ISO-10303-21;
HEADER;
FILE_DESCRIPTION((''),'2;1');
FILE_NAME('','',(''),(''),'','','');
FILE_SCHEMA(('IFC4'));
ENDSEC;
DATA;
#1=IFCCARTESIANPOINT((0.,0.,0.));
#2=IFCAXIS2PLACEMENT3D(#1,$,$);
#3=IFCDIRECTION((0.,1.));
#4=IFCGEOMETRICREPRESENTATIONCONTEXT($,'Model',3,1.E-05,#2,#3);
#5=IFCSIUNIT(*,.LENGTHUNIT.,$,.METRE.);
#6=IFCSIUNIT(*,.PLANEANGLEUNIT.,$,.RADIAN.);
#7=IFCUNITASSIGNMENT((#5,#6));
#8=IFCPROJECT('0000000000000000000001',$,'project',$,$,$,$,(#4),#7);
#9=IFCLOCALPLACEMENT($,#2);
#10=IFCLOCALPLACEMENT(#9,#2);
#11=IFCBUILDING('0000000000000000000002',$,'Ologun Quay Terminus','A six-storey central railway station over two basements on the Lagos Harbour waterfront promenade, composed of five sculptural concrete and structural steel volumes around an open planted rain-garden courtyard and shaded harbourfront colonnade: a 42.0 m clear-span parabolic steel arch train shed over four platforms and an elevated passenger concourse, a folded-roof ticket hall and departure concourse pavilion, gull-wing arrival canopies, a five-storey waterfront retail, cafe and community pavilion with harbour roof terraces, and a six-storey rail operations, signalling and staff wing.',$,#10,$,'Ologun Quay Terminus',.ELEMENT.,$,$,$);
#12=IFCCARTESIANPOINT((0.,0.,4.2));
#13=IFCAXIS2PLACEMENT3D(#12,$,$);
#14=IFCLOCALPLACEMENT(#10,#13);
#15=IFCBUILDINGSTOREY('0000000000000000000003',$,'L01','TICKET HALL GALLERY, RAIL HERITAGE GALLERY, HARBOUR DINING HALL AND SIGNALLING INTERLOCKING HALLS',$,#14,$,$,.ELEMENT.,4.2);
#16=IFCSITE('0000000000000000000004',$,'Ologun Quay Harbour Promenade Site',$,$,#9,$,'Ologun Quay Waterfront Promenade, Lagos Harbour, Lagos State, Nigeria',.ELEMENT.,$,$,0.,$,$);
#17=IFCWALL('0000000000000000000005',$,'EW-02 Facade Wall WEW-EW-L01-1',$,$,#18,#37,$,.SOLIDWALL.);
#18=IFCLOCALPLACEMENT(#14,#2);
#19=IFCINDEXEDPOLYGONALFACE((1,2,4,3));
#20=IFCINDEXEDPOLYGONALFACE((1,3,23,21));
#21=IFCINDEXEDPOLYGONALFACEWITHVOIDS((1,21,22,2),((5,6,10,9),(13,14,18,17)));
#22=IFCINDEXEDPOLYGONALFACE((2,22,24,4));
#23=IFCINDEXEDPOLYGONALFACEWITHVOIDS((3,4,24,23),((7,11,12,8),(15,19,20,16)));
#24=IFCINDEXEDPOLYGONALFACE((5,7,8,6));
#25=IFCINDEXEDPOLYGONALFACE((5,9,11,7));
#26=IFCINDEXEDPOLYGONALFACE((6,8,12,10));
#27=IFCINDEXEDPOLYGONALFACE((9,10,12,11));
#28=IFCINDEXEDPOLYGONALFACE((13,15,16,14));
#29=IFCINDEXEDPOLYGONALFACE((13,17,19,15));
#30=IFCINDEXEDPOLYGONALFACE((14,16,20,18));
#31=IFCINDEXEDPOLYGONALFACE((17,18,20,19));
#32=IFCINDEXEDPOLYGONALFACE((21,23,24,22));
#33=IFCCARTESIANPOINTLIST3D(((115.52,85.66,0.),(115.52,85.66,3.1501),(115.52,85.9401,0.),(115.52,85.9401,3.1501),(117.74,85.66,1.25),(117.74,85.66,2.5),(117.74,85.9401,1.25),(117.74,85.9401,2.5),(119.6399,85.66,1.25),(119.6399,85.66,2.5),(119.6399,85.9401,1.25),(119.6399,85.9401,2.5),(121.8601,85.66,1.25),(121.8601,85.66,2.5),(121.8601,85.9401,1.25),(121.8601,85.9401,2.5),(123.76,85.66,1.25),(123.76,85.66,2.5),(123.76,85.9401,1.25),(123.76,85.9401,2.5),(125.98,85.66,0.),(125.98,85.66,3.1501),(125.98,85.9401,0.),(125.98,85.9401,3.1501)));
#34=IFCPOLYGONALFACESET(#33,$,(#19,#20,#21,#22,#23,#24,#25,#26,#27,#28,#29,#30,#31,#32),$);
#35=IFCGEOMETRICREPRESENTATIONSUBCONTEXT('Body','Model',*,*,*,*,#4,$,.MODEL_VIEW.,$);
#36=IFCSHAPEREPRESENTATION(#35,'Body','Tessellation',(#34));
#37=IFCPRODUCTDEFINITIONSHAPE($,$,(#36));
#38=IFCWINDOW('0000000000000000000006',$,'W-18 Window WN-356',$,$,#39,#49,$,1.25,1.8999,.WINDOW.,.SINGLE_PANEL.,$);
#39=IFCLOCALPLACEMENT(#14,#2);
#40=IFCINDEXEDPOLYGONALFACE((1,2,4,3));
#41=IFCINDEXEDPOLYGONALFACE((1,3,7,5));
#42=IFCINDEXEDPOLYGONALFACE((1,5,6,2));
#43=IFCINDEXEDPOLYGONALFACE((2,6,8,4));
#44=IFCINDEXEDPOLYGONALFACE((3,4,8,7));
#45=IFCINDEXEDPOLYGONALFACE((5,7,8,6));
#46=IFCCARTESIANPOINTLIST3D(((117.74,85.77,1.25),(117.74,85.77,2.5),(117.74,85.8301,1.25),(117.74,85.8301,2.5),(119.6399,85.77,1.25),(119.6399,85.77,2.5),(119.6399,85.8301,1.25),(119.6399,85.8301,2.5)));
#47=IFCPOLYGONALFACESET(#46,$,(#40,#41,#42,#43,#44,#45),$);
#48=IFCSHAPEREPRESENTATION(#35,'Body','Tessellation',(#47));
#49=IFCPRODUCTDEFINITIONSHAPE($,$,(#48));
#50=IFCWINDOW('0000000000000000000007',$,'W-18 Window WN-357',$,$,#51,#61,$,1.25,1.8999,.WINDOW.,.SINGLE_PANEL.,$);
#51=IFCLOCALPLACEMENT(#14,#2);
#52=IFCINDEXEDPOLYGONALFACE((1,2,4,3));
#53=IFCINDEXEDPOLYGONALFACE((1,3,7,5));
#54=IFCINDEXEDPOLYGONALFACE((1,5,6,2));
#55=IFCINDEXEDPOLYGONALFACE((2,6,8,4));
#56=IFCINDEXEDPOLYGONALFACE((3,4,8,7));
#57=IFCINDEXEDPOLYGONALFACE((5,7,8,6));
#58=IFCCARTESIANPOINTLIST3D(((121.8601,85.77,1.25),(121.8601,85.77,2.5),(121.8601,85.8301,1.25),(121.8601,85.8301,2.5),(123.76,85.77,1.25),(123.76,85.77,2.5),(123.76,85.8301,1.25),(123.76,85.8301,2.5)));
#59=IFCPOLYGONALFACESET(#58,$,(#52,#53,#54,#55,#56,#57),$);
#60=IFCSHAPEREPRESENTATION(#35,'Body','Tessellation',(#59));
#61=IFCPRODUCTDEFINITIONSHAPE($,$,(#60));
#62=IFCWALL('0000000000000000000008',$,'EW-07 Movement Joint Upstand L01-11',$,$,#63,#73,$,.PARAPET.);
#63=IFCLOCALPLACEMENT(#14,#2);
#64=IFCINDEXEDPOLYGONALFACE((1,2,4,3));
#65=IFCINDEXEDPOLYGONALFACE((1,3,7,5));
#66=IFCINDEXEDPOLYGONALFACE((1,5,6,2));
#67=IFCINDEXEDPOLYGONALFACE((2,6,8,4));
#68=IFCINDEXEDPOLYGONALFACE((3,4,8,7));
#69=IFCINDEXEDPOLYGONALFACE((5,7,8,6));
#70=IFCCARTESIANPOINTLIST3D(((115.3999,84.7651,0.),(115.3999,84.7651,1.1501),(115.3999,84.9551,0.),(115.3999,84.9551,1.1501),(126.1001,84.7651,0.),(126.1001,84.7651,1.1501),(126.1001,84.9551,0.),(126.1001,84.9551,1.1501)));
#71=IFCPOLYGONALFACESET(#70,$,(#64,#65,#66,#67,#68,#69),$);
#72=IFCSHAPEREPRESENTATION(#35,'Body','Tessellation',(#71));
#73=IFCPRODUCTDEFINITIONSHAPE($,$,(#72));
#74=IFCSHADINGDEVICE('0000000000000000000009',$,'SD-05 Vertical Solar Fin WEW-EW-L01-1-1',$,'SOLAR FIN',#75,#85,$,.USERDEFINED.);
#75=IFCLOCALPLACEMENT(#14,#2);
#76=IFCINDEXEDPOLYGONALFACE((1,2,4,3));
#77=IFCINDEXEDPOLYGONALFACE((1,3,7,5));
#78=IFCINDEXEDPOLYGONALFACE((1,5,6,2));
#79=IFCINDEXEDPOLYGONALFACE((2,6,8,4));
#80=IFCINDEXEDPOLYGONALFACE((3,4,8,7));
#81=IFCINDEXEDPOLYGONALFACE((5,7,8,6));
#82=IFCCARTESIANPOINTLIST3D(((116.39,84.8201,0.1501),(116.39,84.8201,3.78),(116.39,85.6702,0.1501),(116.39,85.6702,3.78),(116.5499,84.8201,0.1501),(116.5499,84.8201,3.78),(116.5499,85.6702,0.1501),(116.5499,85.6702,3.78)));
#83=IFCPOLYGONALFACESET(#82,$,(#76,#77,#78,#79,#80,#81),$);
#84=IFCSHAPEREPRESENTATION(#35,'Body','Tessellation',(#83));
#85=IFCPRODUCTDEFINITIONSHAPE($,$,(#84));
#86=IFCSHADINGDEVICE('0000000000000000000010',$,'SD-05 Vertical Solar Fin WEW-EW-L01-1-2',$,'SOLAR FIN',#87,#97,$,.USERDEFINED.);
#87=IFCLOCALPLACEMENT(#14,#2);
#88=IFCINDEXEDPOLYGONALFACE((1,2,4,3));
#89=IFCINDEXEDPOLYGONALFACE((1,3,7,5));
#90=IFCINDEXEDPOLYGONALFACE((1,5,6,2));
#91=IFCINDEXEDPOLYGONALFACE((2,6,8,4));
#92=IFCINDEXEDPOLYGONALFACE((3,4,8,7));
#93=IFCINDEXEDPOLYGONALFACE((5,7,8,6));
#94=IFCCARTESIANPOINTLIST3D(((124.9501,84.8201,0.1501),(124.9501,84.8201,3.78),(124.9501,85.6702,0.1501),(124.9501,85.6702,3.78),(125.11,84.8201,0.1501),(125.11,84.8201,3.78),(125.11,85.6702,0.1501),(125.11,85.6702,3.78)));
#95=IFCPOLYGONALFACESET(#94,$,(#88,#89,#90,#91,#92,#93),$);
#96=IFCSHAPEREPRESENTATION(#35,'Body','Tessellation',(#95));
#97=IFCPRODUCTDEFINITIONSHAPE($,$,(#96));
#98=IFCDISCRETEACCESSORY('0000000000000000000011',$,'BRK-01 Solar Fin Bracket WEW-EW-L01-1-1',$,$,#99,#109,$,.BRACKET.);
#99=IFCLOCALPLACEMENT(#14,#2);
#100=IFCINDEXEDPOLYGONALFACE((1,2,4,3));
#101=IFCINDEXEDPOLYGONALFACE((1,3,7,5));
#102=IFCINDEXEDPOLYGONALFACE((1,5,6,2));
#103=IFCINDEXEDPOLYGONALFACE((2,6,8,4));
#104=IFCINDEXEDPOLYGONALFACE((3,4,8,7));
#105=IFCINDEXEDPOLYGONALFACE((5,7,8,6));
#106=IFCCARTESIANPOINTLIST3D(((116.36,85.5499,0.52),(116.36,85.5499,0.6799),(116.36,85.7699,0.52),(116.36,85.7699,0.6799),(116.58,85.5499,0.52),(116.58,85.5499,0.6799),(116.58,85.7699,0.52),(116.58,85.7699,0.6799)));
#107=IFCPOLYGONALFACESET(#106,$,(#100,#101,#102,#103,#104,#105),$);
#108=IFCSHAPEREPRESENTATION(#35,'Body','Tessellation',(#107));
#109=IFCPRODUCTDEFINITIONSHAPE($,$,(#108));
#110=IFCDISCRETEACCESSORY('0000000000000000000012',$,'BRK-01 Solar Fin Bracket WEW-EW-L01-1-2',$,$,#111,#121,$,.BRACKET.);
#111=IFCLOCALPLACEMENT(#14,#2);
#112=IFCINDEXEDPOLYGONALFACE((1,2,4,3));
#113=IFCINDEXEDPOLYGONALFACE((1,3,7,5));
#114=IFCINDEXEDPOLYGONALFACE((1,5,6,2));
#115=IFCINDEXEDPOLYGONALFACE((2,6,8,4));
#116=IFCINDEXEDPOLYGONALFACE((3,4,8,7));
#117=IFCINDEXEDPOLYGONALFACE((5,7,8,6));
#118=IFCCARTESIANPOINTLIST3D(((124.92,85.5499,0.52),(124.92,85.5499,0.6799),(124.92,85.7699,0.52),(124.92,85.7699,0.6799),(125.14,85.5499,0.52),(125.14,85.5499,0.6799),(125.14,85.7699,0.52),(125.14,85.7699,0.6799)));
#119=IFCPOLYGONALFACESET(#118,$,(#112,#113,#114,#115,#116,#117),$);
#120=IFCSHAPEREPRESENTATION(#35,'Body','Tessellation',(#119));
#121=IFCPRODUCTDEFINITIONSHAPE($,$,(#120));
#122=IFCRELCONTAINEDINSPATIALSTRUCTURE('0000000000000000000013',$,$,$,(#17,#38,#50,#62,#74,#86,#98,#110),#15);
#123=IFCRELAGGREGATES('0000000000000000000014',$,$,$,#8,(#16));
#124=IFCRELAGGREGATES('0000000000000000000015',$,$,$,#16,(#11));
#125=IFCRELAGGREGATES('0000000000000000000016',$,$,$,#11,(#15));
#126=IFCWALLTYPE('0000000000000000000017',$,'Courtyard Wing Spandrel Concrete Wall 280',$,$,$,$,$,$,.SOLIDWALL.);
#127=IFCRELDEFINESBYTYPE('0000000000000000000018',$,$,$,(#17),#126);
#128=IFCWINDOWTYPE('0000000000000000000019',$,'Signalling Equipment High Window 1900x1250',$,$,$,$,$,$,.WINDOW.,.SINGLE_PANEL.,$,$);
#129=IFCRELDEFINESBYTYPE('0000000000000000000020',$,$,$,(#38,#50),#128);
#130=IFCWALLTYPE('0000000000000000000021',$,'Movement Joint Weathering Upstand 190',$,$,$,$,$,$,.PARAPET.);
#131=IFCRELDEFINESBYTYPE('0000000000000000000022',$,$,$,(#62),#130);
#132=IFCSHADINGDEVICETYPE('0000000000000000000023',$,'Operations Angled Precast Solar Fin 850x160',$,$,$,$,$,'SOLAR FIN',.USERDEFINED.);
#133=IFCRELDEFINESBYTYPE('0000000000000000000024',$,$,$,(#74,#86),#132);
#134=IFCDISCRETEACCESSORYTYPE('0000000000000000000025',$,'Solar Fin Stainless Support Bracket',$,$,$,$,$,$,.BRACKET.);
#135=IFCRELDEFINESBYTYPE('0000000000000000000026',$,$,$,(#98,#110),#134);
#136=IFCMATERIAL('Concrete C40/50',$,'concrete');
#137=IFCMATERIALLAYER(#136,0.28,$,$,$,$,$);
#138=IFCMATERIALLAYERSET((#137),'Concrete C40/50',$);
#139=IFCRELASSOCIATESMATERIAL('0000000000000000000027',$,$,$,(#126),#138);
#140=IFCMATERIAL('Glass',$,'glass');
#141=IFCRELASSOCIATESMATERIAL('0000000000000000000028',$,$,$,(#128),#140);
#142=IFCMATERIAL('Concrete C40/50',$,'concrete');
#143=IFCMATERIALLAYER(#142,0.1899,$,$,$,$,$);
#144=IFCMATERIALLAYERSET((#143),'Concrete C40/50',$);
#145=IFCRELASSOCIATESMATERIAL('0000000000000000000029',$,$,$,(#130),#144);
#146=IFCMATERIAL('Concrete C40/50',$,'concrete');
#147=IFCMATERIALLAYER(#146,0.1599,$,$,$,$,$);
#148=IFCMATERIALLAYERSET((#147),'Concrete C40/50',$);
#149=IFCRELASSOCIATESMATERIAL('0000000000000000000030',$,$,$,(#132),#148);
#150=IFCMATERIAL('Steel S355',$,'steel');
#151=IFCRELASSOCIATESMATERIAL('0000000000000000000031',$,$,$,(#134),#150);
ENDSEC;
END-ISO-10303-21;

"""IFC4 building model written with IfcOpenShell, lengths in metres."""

from ifc_helpers import new_model, si_unit, direction, frame, frame_2d, origin, origin_2d, place, context, subcontext, project, spatial, rectangle, extrude, material, layer, layer_set, type_object, element, fill, save


model = new_model("IFC4")

# Units and contexts
model_context = context("Model", 3, precision=1e-05, world=origin(), true_north=direction((0.0, 1.0)))
body_context = subcontext(model_context, "Body", "Model", "MODEL_VIEW")
ifc_project = project(units=[si_unit("LENGTHUNIT", "METRE"), si_unit("PLANEANGLEUNIT", "RADIAN")], contexts=[model_context])

# Site, building, storey
site_placement = place(None, origin())
site = spatial("IfcSite", under=ifc_project, at=site_placement, Name="Ologun Quay Harbour Promenade Site", LongName="Ologun Quay Waterfront Promenade, Lagos Harbour, Lagos State, Nigeria", CompositionType="ELEMENT", RefElevation=0.0)
building_placement = place(site_placement, origin())
building = spatial("IfcBuilding", under=site, at=building_placement, Name="Ologun Quay Terminus", Description="A six-storey central railway station over two basements on the Lagos Harbour waterfront promenade, composed of five sculptural concrete and structural steel volumes around an open planted rain-garden courtyard and shaded harbourfront colonnade: a 42.0 m clear-span parabolic steel arch train shed over four platforms and an elevated passenger concourse, a folded-roof ticket hall and departure concourse pavilion, gull-wing arrival canopies, a five-storey waterfront retail, cafe and community pavilion with harbour roof terraces, and a six-storey rail operations, signalling and staff wing.", LongName="Ologun Quay Terminus", CompositionType="ELEMENT")
storey_placement = place(building_placement, frame((0.0, 0.0, 4.2)))
storey = spatial("IfcBuildingStorey", under=building, at=storey_placement, Name="L01", Description="TICKET HALL GALLERY, RAIL HERITAGE GALLERY, HARBOUR DINING HALL AND SIGNALLING INTERLOCKING HALLS", CompositionType="ELEMENT", Elevation=4.2)

# Wall, openings, windows
ifc_material_1 = material(Name="Concrete C40/50", Category="concrete")
ifc_layer_1 = layer(ifc_material_1, 0.28)
ifc_layer_set_1 = layer_set([ifc_layer_1], Name="Concrete C40/50")
wall_type_1 = type_object("IfcWallType", Name="Courtyard Wing Spandrel Concrete Wall 280", PredefinedType="SOLIDWALL", material=ifc_layer_set_1)
wall_1_placement = place(storey_placement, frame((115.52, 85.8, 0.0), z_axis=(0.0, 0.0, 1.0), x_axis=(1.0, 0.0, 0.0)))
wall_1 = element("IfcWall", 1, at=wall_1_placement, inside=storey, type_object=wall_type_1, Name="EW-02 Facade Wall WEW-EW-L01-1", PredefinedType="SOLIDWALL", context=body_context, shape_type="SweptSolid", body=[
    extrude(rectangle(XDim=10.46, YDim=0.28, at=frame_2d((5.23, 0.0))), origin(), (0.0, 0.0, 1.0), 3.1501),
])
opening_1_placement = place(wall_1_placement, frame((2.22, 0.0, 1.25)))
opening_1 = element("IfcOpeningElement", 2, at=opening_1_placement, cuts=wall_1, PredefinedType="OPENING", context=body_context, shape_type="SweptSolid", body=[
    extrude(rectangle(XDim=1.8999, YDim=1.25, at=frame_2d((0.95, 0.625))), frame((0.0, 0.1499, 0.0), z_axis=(0.0, -1.0, 0.0), x_axis=(1.0, 0.0, 0.0)), (0.0, 0.0, 1.0), 0.3),
])
opening_2_placement = place(wall_1_placement, frame((6.3401, 0.0, 1.25)))
opening_2 = element("IfcOpeningElement", 3, at=opening_2_placement, cuts=wall_1, PredefinedType="OPENING", context=body_context, shape_type="SweptSolid", body=[
    extrude(rectangle(XDim=1.8999, YDim=1.25, at=frame_2d((0.95, 0.625))), frame((0.0, 0.1499, 0.0), z_axis=(0.0, -1.0, 0.0), x_axis=(1.0, 0.0, 0.0)), (0.0, 0.0, 1.0), 0.3),
])
ifc_material_2 = material(Name="Glass", Category="glass")
window_type = type_object("IfcWindowType", Name="Signalling Equipment High Window 1900x1250", PartitioningType="SINGLE_PANEL", PredefinedType="WINDOW", material=ifc_material_2)
window_1_placement = place(opening_1_placement, origin())
window_1 = element("IfcWindow", 4, at=window_1_placement, inside=storey, type_object=window_type, Name="W-18 Window WN-356", OverallHeight=1.25, OverallWidth=1.8999, PartitioningType="SINGLE_PANEL", PredefinedType="WINDOW", context=body_context, shape_type="SweptSolid", body=[
    extrude(rectangle(XDim=1.8999, YDim=1.25, at=frame_2d((0.95, 0.625))), frame((0.0, 0.03, 0.0), z_axis=(0.0, -1.0, 0.0), x_axis=(1.0, 0.0, 0.0)), (0.0, 0.0, 1.0), 0.0601),
])
fill(opening_1, window_1)
window_2_placement = place(opening_2_placement, origin())
window_2 = element("IfcWindow", 5, at=window_2_placement, inside=storey, type_object=window_type, Name="W-18 Window WN-357", OverallHeight=1.25, OverallWidth=1.8999, PartitioningType="SINGLE_PANEL", PredefinedType="WINDOW", context=body_context, shape_type="SweptSolid", body=[
    extrude(rectangle(XDim=1.8999, YDim=1.25, at=frame_2d((0.95, 0.625))), frame((0.0, 0.03, 0.0), z_axis=(0.0, -1.0, 0.0), x_axis=(1.0, 0.0, 0.0)), (0.0, 0.0, 1.0), 0.0601),
])
fill(opening_2, window_2)

# Wall
ifc_material_3 = material(Name="Concrete C40/50", Category="concrete")
ifc_layer_2 = layer(ifc_material_3, 0.1899)
ifc_layer_set_2 = layer_set([ifc_layer_2], Name="Concrete C40/50")
wall_type_2 = type_object("IfcWallType", Name="Movement Joint Weathering Upstand 190", PredefinedType="PARAPET", material=ifc_layer_set_2)
wall_2_placement = place(storey_placement, frame((115.3999, 84.8601, 0.0), z_axis=(0.0, 0.0, 1.0), x_axis=(1.0, 0.0, 0.0)))
element("IfcWall", 6, at=wall_2_placement, inside=storey, type_object=wall_type_2, Name="EW-07 Movement Joint Upstand L01-11", PredefinedType="PARAPET", context=body_context, shape_type="SweptSolid", body=[
    extrude(rectangle(XDim=10.7002, YDim=0.1899, at=frame_2d((5.3501, 0.0))), origin(), (0.0, 0.0, 1.0), 1.1501),
])

# Shading devices
ifc_material_4 = material(Name="Concrete C40/50", Category="concrete")
ifc_layer_3 = layer(ifc_material_4, 0.1599)
ifc_layer_set_3 = layer_set([ifc_layer_3], Name="Concrete C40/50")
shading_device_type = type_object("IfcShadingDeviceType", Name="Operations Angled Precast Solar Fin 850x160", ElementType="SOLAR FIN", PredefinedType="USERDEFINED", material=ifc_layer_set_3)
for number, where, z_axis, x_axis, name in (
    (7, (116.47, 85.2451, 0.1501), (0.0, 0.0, 1.0), (1.0, 0.0, 0.0), "SD-05 Vertical Solar Fin WEW-EW-L01-1-1"),
    (8, (125.03, 85.2451, 0.1501), (0.0, 0.0, 1.0), (1.0, 0.0, 0.0), "SD-05 Vertical Solar Fin WEW-EW-L01-1-2"),
):
    element("IfcShadingDevice", number, at=place(storey_placement, frame(where, z_axis=z_axis, x_axis=x_axis)), inside=storey, type_object=shading_device_type, Name=name, ObjectType="SOLAR FIN", PredefinedType="USERDEFINED", context=body_context, shape_type="SweptSolid", body=[
        extrude(rectangle(XDim=0.1599, YDim=0.8501, at=origin_2d()), origin(), (0.0, 0.0, 1.0), 3.6299),
    ])

# Discrete accessories
ifc_material_5 = material(Name="Steel S355", Category="steel")
discrete_accessory_type = type_object("IfcDiscreteAccessoryType", Name="Solar Fin Stainless Support Bracket", PredefinedType="BRACKET", material=ifc_material_5)
for number, where, z_axis, x_axis, name in (
    (9, (116.47, 85.6599, 0.52), (0.0, 0.0, 1.0), (1.0, 0.0, 0.0), "BRK-01 Solar Fin Bracket WEW-EW-L01-1-1"),
    (10, (125.03, 85.6599, 0.52), (0.0, 0.0, 1.0), (1.0, 0.0, 0.0), "BRK-01 Solar Fin Bracket WEW-EW-L01-1-2"),
):
    element("IfcDiscreteAccessory", number, at=place(storey_placement, frame(where, z_axis=z_axis, x_axis=x_axis)), inside=storey, type_object=discrete_accessory_type, Name=name, PredefinedType="BRACKET", context=body_context, shape_type="SweptSolid", body=[
        extrude(rectangle(XDim=0.22, YDim=0.22, at=origin_2d()), origin(), (0.0, 0.0, 1.0), 0.1599),
    ])

save(model, "model.ifc")
